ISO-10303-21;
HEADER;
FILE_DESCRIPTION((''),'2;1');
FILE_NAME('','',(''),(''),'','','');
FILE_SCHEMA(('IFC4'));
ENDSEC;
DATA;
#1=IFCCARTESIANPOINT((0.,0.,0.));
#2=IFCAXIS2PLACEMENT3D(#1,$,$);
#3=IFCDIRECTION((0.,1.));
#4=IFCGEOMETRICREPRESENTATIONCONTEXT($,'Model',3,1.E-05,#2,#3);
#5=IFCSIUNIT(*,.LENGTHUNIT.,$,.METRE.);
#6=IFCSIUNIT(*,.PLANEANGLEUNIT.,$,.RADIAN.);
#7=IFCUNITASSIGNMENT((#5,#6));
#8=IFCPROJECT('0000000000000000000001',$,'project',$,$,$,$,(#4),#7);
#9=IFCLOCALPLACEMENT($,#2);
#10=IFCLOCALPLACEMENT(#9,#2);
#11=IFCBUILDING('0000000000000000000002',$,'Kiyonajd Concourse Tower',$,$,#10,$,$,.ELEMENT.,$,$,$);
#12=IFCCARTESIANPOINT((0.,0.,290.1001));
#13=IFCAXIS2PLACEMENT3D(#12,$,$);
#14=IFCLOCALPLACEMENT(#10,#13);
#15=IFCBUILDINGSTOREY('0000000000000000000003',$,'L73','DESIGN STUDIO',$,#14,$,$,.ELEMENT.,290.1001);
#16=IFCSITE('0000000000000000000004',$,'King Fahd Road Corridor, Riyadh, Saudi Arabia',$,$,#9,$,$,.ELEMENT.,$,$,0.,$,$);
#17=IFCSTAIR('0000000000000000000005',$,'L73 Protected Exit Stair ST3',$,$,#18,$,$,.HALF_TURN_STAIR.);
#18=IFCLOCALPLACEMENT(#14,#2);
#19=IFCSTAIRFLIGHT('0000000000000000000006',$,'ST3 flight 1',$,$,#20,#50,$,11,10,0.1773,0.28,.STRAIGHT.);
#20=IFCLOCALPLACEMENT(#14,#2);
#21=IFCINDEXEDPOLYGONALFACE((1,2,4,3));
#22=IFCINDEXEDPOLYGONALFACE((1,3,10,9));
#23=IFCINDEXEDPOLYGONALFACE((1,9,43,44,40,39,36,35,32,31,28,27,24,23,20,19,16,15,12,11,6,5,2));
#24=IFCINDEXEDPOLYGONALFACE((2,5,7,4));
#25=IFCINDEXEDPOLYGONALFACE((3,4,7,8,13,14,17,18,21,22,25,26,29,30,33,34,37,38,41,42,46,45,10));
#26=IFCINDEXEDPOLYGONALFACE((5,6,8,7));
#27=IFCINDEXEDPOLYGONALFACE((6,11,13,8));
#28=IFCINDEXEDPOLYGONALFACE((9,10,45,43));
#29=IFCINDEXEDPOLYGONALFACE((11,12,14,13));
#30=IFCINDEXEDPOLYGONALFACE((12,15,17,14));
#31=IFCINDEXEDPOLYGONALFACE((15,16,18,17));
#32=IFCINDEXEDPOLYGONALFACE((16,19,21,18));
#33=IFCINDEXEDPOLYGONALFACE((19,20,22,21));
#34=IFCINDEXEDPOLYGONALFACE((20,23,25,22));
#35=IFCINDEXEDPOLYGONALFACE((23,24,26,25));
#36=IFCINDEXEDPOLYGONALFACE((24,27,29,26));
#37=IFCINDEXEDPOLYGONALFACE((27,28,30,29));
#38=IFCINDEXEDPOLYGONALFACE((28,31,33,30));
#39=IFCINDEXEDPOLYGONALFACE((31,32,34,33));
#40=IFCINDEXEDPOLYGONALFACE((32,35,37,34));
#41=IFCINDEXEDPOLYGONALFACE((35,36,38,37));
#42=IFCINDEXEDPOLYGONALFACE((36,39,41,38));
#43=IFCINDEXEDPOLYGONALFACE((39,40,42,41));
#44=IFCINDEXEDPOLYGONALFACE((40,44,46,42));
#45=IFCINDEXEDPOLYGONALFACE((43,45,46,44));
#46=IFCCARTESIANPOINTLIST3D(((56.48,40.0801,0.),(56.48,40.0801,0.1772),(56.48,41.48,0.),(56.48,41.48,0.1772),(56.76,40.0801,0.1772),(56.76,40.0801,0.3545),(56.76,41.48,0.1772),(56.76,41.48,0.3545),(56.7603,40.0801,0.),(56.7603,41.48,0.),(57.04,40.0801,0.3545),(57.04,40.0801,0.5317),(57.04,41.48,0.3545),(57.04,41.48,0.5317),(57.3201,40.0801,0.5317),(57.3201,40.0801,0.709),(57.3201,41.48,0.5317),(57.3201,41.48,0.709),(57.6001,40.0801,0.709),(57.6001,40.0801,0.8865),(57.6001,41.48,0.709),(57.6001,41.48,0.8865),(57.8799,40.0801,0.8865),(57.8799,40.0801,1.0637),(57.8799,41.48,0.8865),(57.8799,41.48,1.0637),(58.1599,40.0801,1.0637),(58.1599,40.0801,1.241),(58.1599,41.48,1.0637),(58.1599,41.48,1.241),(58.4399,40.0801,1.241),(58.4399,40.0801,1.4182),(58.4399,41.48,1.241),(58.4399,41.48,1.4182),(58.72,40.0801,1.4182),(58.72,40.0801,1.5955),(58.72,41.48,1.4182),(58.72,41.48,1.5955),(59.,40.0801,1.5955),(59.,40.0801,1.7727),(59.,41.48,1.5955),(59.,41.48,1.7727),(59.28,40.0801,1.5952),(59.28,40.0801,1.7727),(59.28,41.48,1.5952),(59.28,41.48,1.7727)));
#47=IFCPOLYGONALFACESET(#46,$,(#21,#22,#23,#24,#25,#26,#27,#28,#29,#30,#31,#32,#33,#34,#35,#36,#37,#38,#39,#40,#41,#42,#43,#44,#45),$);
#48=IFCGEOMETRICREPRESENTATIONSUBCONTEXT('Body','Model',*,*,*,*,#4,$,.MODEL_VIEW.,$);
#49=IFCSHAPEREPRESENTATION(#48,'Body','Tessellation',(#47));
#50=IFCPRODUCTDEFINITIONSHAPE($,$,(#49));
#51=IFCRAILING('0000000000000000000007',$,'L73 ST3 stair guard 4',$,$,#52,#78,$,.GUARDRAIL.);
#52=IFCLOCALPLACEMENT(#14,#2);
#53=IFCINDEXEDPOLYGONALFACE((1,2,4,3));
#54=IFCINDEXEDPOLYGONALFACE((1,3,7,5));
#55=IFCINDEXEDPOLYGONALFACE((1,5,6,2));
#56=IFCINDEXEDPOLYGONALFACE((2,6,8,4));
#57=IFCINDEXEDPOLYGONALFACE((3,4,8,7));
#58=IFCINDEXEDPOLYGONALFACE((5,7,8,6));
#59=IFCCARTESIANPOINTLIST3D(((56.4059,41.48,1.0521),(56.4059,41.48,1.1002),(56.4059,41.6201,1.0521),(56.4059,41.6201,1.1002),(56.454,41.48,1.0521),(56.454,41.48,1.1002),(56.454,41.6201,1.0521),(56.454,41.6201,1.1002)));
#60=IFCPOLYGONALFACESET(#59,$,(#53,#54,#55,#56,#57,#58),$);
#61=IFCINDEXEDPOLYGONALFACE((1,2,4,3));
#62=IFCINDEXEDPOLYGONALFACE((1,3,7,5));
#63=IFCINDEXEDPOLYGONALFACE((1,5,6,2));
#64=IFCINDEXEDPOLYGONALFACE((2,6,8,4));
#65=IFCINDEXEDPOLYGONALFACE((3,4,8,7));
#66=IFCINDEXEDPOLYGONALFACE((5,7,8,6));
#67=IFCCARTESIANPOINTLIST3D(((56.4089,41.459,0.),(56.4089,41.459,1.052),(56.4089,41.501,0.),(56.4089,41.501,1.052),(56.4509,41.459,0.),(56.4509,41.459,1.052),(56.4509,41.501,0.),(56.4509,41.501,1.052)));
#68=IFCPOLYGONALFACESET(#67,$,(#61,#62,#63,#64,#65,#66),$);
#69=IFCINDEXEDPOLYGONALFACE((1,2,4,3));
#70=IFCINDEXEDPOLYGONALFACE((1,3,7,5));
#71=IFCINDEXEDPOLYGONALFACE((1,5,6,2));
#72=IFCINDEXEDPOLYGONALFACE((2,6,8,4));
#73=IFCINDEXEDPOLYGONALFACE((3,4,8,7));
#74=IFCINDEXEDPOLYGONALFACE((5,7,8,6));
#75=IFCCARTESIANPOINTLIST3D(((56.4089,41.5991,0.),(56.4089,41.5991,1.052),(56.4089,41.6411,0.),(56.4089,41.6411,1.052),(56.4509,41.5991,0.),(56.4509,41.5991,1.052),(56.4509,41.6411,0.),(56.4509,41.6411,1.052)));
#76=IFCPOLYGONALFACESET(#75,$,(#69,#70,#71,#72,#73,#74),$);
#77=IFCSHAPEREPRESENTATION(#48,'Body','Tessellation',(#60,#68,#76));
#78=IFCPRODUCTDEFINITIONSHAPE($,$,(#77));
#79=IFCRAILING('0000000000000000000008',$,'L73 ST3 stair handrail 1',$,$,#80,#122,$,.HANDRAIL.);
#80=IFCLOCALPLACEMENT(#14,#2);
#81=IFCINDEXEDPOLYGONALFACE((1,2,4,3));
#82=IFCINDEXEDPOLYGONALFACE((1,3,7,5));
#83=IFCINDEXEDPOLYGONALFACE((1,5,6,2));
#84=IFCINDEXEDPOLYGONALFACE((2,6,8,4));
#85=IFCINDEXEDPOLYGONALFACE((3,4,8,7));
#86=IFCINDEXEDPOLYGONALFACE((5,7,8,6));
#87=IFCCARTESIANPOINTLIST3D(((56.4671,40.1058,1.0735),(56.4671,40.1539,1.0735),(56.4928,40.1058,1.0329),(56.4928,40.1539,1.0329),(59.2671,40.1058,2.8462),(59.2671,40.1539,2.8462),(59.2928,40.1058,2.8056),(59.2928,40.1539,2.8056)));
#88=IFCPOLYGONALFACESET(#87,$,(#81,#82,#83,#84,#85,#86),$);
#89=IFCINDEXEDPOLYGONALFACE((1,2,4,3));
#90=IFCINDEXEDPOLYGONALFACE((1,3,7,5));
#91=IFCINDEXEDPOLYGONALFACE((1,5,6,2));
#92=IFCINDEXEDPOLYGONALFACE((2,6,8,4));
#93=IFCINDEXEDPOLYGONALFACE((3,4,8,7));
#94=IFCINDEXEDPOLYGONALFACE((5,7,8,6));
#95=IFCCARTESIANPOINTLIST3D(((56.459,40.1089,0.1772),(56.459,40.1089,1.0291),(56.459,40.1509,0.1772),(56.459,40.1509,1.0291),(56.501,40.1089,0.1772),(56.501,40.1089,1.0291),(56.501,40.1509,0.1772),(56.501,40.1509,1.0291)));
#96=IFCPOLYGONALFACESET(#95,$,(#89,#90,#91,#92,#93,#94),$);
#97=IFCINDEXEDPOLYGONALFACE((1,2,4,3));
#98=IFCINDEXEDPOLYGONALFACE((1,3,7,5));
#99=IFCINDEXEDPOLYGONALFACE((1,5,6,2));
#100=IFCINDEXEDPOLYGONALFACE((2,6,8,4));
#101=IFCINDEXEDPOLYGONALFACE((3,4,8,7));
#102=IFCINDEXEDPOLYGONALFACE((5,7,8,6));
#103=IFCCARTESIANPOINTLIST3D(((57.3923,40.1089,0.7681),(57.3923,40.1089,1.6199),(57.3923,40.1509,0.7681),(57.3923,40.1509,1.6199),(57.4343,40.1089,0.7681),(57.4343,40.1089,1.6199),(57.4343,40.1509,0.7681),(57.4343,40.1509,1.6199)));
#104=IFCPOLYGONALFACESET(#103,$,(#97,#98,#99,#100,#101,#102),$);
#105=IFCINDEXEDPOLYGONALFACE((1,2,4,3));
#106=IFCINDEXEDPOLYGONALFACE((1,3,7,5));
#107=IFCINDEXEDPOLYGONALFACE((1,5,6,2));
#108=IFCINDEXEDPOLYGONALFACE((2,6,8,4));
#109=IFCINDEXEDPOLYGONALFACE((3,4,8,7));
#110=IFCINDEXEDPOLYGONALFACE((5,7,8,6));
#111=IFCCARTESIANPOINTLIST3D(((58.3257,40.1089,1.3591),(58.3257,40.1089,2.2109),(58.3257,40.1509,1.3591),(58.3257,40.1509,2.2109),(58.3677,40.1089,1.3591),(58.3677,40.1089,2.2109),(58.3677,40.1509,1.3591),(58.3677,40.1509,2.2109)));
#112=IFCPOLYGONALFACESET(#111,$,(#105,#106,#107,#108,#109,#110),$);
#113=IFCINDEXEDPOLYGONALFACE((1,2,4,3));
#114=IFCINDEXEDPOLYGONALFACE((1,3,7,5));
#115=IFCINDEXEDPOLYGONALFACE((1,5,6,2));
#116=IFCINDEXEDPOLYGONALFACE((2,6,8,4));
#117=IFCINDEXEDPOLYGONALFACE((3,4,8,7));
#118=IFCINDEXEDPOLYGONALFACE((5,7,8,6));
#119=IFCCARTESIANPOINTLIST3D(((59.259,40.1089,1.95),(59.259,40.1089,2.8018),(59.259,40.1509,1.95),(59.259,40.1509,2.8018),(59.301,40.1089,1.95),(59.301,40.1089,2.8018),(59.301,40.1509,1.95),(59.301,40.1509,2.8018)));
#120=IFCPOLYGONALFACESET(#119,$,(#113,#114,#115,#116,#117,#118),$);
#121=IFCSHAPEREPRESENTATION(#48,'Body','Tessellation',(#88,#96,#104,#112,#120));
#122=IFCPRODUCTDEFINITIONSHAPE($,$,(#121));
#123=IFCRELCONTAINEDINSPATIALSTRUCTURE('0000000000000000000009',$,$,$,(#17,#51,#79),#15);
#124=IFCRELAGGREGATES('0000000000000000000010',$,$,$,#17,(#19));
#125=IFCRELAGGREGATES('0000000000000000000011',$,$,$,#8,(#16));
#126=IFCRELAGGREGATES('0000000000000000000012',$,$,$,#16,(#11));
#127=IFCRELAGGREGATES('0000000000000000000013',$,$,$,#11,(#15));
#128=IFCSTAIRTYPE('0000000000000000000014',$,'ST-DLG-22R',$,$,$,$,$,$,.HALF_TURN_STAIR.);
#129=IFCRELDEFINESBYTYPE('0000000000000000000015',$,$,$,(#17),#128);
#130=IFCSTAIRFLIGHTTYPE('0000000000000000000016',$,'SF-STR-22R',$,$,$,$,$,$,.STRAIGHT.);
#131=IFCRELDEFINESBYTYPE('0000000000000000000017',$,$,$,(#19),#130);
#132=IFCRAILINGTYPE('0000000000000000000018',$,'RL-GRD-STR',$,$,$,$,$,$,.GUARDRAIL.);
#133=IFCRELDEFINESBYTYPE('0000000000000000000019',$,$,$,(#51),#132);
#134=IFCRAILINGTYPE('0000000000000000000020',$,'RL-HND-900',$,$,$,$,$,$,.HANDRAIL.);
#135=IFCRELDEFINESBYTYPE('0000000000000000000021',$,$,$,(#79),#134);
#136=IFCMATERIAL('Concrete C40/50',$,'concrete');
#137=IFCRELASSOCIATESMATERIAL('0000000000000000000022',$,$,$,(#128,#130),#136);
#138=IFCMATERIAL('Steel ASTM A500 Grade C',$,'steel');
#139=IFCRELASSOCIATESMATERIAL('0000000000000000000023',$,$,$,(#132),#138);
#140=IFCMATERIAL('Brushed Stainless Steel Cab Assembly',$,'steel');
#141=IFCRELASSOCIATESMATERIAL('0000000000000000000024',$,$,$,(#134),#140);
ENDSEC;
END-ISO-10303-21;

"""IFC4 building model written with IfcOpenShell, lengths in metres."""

from ifc_helpers import new_model, si_unit, direction, frame, origin, origin_2d, place, context, subcontext, project, spatial, polyline, rectangle, outline, extrude, material, type_object, element, aggregate, save


model = new_model("IFC4")

# Units and contexts
model_context = context("Model", 3, precision=1e-05, world=origin(), true_north=direction((0.0, 1.0)))
body_context = subcontext(model_context, "Body", "Model", "MODEL_VIEW")
ifc_project = project(units=[si_unit("LENGTHUNIT", "METRE"), si_unit("PLANEANGLEUNIT", "RADIAN")], contexts=[model_context])

# Site, building, storey
site_placement = place(None, origin())
site = spatial("IfcSite", under=ifc_project, at=site_placement, Name="King Fahd Road Corridor, Riyadh, Saudi Arabia", CompositionType="ELEMENT", RefElevation=0.0)
building_placement = place(site_placement, origin())
building = spatial("IfcBuilding", under=site, at=building_placement, Name="Kiyonajd Concourse Tower", CompositionType="ELEMENT")
storey_placement = place(building_placement, frame((0.0, 0.0, 290.1001)))
storey = spatial("IfcBuildingStorey", under=building, at=storey_placement, Name="L73", Description="DESIGN STUDIO", CompositionType="ELEMENT", Elevation=290.1001)

# Shared definitions
ifc_material_1 = material(Name="Brushed Stainless Steel Cab Assembly", Category="steel")

# Stair, stair flight
ifc_material_2 = material(Name="Concrete C40/50", Category="concrete")
stair_type = type_object("IfcStairType", Name="ST-DLG-22R", PredefinedType="HALF_TURN_STAIR", material=ifc_material_2)
stair_placement = place(storey_placement, origin())
stair = element("IfcStair", 1, at=stair_placement, inside=storey, type_object=stair_type, Name="L73 Protected Exit Stair ST3", PredefinedType="HALF_TURN_STAIR")
stair_flight_type = type_object("IfcStairFlightType", Name="SF-STR-22R", PredefinedType="STRAIGHT", material=ifc_material_2)
stair_flight_placement = place(storey_placement, frame((56.48, 40.78, 0.0), z_axis=(0.0, 0.0, 1.0), x_axis=(1.0, 0.0, 0.0)))
stair_flight = element("IfcStairFlight", 2, at=stair_flight_placement, type_object=stair_flight_type, Name="ST3 flight 1", NumberOfRisers=11, NumberOfTreads=10, PredefinedType="STRAIGHT", RiserHeight=0.1773, TreadLength=0.28, context=body_context, shape_type="SweptSolid", body=[
    extrude(outline(polyline([(0.0, 0.0), (0.0, 0.1772), (0.28, 0.1772), (0.28, 0.3545), (0.5601, 0.3545), (0.5601, 0.5317), (0.8401, 0.5317), (0.8401, 0.709), (1.1201, 0.709), (1.1201, 0.8865), (1.3999, 0.8865), (1.3999, 1.0637), (1.6799, 1.0637), (1.6799, 1.241), (1.96, 1.241), (1.96, 1.4182), (2.24, 1.4182), (2.24, 1.5955), (2.52, 1.5955), (2.52, 1.7727), (2.8, 1.7727), (2.8, 1.95), (2.8, 1.5952), (0.2803, 0.0), (0.0, 0.0)])), frame((0.0, 0.7, 0.0), z_axis=(0.0, -1.0, 0.0), x_axis=(1.0, 0.0, 0.0)), (0.0, 0.0, 1.0), 1.3999),
])
aggregate(stair, [stair_flight])

# Railings
ifc_material_3 = material(Name="Steel ASTM A500 Grade C", Category="steel")
railing_type_1 = type_object("IfcRailingType", Name="RL-GRD-STR", PredefinedType="GUARDRAIL", material=ifc_material_3)
railing_1_placement = place(storey_placement, frame((56.4299, 41.48, 0.0)))
element("IfcRailing", 3, at=railing_1_placement, inside=storey, type_object=railing_type_1, Name="L73 ST3 stair guard 4", PredefinedType="GUARDRAIL", context=body_context, shape_type="SweptSolid", body=[
    extrude(rectangle(XDim=0.0481, YDim=0.0481, at=origin_2d()), frame((0.0, 0.0, 1.0762), z_axis=(0.0, 1.0, 0.0), x_axis=(-1.0, 0.0, 0.0)), (0.0, 0.0, 1.0), 0.1401),
    extrude(rectangle(XDim=0.042, YDim=0.042, at=origin_2d()), origin(), (0.0, 0.0, 1.0), 1.052),
    extrude(rectangle(XDim=0.042, YDim=0.042, at=origin_2d()), frame((0.0, 0.1401, 0.0)), (0.0, 0.0, 1.0), 1.052),
])
railing_type_2 = type_object("IfcRailingType", Name="RL-HND-900", PredefinedType="HANDRAIL", material=ifc_material_1)
railing_2_placement = place(storey_placement, frame((56.48, 40.1299, 0.1772)))
element("IfcRailing", 4, at=railing_2_placement, inside=storey, type_object=railing_type_2, Name="L73 ST3 stair handrail 1", PredefinedType="HANDRAIL", context=body_context, shape_type="SweptSolid", body=[
    extrude(rectangle(XDim=0.0481, YDim=0.0481, at=origin_2d()), frame((0.0, 0.0, 0.876), z_axis=(0.844909, 0.0, 0.53491), x_axis=(0.0, 1.0, 0.0)), (0.0, 0.0, 1.0), 3.314),
    extrude(rectangle(XDim=0.042, YDim=0.042, at=origin_2d()), origin(), (0.0, 0.0, 1.0), 0.8518),
    extrude(rectangle(XDim=0.042, YDim=0.042, at=origin_2d()), frame((0.9333, 0.0, 0.5908)), (0.0, 0.0, 1.0), 0.8518),
    extrude(rectangle(XDim=0.042, YDim=0.042, at=origin_2d()), frame((1.8667, 0.0, 1.1819)), (0.0, 0.0, 1.0), 0.8518),
    extrude(rectangle(XDim=0.042, YDim=0.042, at=origin_2d()), frame((2.8, 0.0, 1.7727)), (0.0, 0.0, 1.0), 0.8518),
])

save(model, "model.ifc")
